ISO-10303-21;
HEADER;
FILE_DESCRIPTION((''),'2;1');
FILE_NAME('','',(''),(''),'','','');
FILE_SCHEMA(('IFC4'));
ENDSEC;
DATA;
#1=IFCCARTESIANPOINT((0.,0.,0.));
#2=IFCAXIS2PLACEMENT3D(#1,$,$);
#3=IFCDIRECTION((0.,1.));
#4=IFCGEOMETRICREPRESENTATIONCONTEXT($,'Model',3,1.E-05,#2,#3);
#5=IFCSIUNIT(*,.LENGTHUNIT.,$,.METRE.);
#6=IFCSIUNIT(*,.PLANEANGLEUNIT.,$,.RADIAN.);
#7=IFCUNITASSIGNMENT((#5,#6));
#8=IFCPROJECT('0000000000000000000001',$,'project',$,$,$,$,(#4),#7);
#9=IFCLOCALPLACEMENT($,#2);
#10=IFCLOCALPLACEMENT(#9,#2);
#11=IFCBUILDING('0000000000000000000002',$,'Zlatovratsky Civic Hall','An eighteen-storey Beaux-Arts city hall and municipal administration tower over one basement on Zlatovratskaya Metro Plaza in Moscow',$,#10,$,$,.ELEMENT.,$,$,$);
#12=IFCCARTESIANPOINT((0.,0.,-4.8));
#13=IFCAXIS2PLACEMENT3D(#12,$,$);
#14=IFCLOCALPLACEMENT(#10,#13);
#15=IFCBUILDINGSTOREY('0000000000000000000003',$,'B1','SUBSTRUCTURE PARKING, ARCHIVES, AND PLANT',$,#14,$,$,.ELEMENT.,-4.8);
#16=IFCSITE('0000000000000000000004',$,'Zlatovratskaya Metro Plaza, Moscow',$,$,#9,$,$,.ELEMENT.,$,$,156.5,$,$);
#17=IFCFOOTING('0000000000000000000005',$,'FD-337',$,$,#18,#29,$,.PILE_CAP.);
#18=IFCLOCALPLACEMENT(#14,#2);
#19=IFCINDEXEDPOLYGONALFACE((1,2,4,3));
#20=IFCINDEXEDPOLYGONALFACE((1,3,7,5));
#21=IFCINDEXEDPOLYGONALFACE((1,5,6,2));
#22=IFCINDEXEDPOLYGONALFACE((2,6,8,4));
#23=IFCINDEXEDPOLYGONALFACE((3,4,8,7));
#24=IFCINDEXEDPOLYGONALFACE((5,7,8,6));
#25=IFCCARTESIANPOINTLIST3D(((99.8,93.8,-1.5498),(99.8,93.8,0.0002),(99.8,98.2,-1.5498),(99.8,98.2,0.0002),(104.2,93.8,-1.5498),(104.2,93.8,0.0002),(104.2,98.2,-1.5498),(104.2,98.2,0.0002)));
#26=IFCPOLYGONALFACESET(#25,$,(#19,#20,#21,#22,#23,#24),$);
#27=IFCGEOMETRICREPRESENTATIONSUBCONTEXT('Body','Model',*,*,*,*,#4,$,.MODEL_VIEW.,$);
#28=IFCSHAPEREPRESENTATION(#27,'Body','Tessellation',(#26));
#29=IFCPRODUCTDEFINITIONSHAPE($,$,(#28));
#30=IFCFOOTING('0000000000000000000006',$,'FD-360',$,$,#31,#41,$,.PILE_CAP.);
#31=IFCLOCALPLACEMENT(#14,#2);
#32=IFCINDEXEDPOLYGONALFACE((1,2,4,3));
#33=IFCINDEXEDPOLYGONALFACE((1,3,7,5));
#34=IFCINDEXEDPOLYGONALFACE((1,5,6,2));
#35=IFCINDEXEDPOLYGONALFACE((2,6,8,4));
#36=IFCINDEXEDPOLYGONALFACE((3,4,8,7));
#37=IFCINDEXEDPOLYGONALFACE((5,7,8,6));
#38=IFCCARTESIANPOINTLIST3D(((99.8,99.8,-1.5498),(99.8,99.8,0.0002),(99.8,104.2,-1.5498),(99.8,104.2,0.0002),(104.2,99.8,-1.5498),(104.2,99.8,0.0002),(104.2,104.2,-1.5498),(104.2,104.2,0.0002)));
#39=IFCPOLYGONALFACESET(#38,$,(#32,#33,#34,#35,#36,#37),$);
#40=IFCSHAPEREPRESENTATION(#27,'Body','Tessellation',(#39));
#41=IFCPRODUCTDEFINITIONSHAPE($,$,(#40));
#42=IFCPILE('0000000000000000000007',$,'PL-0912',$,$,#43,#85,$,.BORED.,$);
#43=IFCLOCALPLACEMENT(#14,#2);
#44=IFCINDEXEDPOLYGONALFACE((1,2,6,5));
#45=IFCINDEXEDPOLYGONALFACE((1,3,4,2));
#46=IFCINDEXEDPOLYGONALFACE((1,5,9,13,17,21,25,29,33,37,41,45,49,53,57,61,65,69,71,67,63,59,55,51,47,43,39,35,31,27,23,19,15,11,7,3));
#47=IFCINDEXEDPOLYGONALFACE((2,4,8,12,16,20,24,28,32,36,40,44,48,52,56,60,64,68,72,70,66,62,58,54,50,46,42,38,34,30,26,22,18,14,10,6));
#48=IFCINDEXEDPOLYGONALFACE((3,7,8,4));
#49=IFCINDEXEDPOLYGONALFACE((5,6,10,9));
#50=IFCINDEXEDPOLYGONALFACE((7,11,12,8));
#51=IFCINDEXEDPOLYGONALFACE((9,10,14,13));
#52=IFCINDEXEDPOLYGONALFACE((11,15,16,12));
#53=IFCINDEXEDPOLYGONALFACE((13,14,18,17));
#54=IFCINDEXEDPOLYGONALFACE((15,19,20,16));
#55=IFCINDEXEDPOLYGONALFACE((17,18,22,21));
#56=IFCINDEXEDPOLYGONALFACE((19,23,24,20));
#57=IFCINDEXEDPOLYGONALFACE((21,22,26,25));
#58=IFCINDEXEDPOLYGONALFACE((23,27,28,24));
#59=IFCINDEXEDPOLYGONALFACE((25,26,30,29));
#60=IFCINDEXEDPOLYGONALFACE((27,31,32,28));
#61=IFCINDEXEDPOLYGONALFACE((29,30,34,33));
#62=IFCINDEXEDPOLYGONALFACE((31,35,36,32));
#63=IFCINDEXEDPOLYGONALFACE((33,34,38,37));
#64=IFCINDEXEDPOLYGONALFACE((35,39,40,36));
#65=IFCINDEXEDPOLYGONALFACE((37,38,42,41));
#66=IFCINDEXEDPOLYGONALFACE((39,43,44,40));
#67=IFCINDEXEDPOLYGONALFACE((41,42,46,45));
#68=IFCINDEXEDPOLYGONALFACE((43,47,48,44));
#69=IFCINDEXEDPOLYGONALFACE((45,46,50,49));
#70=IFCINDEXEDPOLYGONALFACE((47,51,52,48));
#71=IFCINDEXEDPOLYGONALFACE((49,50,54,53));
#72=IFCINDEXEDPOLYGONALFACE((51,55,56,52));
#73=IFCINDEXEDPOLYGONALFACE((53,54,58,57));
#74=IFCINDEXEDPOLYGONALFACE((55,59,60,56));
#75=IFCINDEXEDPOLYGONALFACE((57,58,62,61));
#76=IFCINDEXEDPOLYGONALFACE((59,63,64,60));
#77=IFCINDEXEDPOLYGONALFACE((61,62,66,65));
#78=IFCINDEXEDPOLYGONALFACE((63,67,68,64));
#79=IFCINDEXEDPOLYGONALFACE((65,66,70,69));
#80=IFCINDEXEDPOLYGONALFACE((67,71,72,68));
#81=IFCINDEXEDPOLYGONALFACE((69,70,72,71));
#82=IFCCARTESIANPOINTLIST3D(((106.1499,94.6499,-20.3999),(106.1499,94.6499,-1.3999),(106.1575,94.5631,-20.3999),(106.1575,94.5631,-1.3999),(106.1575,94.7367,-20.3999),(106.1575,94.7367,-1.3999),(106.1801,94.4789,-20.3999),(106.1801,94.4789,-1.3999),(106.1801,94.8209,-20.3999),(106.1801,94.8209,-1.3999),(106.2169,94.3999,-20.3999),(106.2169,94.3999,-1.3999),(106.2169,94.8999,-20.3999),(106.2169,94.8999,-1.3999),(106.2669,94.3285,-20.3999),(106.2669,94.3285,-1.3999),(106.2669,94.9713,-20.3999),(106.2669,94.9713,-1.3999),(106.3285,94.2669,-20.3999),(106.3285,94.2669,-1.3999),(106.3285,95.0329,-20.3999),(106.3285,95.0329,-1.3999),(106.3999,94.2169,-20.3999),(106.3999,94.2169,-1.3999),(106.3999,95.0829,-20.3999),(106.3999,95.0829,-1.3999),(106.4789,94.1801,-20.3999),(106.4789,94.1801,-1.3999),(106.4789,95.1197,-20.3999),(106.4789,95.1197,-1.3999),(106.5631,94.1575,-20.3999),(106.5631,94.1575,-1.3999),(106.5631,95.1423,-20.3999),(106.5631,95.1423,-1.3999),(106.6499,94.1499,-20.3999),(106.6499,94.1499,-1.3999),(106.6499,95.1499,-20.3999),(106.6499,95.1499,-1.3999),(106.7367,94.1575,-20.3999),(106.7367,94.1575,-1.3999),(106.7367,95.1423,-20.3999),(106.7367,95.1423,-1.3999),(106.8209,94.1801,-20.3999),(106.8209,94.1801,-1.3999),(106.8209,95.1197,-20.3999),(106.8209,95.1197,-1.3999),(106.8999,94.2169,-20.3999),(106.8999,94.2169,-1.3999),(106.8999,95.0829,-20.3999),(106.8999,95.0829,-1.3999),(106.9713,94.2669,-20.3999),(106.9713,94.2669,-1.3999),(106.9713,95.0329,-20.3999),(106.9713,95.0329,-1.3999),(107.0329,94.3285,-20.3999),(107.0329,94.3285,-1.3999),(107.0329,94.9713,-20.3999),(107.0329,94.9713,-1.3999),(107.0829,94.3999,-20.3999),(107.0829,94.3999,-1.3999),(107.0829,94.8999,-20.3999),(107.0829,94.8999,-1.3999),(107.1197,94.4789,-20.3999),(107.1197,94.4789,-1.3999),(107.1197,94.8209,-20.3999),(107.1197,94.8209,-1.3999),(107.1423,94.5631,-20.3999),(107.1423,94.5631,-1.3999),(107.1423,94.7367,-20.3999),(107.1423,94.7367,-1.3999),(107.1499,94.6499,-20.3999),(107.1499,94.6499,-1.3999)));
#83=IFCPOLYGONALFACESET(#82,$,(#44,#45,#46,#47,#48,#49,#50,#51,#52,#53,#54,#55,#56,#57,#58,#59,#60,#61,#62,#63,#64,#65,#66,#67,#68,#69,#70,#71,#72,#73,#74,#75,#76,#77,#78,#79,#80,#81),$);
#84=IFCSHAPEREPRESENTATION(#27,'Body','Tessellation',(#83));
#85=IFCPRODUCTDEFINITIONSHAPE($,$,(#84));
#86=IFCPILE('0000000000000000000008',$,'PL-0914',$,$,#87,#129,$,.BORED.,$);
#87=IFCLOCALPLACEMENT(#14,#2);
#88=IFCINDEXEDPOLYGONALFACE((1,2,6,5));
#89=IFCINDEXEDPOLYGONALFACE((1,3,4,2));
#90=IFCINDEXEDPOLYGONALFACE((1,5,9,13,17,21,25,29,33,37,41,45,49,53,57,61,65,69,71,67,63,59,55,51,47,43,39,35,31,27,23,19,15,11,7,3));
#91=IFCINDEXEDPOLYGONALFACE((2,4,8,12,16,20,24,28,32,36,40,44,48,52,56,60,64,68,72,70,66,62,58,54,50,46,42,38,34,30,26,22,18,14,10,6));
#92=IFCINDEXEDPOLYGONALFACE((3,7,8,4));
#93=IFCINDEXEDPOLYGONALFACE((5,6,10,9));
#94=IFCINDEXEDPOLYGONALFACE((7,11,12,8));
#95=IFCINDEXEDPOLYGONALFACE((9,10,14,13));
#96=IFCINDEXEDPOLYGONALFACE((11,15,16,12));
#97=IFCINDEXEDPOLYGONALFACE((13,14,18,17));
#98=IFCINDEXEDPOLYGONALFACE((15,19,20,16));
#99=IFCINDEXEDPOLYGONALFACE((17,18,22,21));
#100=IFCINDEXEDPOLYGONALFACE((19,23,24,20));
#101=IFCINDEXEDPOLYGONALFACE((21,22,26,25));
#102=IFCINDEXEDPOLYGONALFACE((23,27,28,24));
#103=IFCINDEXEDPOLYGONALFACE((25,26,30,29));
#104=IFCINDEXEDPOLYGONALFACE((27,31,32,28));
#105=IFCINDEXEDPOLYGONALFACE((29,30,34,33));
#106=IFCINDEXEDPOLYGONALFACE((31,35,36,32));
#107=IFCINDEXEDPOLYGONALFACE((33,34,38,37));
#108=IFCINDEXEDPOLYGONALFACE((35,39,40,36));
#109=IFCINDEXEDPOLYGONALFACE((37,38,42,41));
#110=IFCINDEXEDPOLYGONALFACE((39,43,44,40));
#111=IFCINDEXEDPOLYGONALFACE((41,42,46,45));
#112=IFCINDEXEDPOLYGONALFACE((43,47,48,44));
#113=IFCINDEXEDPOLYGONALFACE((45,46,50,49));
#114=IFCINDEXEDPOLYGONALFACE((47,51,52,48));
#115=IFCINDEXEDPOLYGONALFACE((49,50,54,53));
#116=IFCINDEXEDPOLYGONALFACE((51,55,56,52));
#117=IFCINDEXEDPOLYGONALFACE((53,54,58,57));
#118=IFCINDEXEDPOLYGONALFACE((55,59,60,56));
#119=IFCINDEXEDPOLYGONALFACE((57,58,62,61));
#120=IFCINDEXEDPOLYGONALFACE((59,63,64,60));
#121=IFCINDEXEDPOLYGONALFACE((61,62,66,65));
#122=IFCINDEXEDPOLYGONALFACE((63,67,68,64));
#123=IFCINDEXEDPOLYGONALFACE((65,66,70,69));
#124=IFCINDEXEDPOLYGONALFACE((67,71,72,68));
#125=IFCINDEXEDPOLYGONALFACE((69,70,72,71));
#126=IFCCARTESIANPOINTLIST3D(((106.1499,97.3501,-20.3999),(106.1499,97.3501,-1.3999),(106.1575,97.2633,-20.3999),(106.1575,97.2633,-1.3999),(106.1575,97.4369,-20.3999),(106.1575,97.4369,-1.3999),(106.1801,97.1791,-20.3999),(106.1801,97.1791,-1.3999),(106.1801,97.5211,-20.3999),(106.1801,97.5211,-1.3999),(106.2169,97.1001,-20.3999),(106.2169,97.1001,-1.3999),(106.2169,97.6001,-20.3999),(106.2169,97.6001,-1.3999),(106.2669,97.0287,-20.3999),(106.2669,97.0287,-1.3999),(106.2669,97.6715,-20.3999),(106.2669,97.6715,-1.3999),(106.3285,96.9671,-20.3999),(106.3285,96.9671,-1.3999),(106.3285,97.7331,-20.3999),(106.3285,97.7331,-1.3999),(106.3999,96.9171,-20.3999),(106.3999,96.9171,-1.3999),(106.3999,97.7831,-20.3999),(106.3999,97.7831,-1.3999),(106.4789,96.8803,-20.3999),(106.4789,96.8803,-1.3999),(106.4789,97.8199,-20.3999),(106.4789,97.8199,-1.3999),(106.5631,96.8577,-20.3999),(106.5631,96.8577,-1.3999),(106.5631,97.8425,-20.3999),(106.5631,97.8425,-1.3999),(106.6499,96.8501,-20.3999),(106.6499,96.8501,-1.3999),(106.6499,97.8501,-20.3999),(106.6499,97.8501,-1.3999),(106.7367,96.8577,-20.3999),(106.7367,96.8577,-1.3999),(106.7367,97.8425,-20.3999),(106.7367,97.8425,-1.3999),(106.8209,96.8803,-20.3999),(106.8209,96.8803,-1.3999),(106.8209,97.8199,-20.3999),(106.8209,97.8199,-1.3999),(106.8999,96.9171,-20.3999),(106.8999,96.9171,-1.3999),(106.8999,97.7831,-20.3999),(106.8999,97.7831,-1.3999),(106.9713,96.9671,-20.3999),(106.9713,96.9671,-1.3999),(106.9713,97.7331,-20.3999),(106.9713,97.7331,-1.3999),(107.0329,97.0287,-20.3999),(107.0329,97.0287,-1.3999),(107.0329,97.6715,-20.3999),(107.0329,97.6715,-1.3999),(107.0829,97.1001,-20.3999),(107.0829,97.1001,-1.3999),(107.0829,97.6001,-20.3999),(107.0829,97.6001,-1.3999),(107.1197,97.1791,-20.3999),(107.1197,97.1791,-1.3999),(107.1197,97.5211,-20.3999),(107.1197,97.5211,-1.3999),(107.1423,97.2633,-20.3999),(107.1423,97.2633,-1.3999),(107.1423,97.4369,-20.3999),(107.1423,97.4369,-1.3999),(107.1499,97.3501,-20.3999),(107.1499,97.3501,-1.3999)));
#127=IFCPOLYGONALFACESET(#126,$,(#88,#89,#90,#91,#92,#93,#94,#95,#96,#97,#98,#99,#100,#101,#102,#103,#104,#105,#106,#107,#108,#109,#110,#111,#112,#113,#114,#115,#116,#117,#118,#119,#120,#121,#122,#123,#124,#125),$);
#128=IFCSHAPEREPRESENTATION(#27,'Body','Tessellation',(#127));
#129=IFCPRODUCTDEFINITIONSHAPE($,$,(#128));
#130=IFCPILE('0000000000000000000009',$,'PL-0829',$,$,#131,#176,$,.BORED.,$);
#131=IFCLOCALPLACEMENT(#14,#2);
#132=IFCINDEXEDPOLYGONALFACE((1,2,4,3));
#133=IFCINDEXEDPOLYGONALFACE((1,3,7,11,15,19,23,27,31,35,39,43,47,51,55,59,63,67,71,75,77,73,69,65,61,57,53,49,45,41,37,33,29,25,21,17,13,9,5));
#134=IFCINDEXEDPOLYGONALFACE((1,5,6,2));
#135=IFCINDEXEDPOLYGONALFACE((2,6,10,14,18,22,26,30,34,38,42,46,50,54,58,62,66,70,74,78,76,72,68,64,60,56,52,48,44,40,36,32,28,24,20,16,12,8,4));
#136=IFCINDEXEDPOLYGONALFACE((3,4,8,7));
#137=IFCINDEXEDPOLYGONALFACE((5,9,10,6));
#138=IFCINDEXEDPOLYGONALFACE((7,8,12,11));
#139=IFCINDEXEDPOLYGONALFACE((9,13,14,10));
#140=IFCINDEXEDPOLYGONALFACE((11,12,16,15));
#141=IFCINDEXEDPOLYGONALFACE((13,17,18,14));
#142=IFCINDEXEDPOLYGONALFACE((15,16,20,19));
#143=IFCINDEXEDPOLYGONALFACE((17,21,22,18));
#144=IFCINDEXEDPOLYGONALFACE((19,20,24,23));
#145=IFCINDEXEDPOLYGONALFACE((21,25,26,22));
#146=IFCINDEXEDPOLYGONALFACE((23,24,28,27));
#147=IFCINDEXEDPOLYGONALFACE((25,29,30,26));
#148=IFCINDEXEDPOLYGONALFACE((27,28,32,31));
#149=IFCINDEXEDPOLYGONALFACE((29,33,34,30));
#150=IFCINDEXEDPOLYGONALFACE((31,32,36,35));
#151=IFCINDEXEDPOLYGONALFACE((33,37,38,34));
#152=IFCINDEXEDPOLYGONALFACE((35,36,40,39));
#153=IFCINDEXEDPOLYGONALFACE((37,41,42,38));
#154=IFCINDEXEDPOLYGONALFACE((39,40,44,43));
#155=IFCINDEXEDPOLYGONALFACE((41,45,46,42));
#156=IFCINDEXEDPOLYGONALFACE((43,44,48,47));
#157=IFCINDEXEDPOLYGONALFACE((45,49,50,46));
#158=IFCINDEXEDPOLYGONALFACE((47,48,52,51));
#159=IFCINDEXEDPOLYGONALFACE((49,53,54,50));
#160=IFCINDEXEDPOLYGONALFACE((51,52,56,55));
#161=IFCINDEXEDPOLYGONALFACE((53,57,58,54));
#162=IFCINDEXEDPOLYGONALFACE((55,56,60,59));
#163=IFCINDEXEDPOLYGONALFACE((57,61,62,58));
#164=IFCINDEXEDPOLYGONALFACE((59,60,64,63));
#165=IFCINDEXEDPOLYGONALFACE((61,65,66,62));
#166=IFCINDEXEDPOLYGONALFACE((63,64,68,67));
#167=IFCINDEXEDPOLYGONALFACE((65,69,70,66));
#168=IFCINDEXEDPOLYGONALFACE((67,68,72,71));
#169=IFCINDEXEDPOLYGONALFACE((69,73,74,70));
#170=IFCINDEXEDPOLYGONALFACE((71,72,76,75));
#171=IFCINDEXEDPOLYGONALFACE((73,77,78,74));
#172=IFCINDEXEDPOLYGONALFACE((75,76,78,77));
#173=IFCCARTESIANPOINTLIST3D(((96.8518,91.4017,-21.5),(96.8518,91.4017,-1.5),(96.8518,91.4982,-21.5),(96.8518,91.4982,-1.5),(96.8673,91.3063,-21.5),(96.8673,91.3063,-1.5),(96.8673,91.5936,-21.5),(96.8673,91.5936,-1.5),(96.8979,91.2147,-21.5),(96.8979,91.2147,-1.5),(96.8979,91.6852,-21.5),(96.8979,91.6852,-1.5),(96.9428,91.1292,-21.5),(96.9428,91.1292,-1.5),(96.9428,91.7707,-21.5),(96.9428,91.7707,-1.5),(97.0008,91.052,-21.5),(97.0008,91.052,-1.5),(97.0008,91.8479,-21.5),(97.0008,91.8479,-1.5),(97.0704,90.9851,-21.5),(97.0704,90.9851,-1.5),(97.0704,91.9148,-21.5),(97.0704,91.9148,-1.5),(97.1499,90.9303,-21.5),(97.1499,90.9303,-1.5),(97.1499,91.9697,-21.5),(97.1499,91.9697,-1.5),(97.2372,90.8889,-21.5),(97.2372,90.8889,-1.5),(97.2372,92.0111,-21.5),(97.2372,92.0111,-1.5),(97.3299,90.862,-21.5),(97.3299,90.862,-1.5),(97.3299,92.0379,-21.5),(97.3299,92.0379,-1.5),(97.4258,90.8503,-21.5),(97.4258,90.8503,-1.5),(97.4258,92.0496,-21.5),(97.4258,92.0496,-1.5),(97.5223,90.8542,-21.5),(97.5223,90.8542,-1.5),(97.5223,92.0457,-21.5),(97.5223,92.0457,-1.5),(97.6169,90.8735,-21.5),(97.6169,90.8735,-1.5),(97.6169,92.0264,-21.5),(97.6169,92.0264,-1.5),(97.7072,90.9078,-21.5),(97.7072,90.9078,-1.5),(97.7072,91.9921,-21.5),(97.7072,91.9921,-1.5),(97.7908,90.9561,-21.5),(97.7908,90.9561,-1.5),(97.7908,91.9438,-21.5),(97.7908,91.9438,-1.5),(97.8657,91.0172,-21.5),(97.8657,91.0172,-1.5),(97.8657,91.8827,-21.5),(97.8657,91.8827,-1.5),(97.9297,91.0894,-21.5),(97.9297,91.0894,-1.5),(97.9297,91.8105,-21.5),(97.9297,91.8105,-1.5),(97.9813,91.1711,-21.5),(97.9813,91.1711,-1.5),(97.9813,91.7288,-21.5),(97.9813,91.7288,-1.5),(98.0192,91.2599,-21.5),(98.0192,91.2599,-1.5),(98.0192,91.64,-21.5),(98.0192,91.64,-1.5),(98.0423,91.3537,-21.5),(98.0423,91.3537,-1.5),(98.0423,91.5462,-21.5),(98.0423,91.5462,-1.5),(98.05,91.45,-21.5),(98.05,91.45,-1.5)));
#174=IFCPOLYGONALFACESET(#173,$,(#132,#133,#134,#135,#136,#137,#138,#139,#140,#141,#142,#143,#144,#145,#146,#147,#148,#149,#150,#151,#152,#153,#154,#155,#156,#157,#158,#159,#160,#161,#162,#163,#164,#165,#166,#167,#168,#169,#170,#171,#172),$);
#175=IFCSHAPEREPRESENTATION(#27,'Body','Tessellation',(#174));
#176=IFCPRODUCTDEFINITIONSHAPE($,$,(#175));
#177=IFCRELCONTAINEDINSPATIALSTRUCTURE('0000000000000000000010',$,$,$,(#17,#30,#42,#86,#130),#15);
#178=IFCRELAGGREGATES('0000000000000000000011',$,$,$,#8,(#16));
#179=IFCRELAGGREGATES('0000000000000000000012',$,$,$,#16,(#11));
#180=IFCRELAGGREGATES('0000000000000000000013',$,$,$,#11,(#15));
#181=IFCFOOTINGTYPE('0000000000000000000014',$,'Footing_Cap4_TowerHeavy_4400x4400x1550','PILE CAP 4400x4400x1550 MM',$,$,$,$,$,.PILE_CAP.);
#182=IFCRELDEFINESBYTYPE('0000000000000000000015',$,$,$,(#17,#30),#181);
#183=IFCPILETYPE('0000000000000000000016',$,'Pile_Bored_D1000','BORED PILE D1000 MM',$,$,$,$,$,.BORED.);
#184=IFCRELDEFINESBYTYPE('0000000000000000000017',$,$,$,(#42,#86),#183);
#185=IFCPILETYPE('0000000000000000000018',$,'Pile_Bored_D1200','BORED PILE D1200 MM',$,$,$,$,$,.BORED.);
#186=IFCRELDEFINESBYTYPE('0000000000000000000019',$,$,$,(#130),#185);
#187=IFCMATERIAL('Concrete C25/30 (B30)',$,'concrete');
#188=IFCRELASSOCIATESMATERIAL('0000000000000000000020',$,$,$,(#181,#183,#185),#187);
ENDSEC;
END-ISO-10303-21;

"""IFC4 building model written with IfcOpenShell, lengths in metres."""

from ifc_helpers import new_model, si_unit, direction, frame, origin, origin_2d, place, context, subcontext, project, spatial, rectangle, circle, extrude, material, material_profile, profile_set, type_object, element, save


model = new_model("IFC4")

# Units and contexts
model_context = context("Model", 3, precision=1e-05, world=origin(), true_north=direction((0.0, 1.0)))
body_context = subcontext(model_context, "Body", "Model", "MODEL_VIEW")
ifc_project = project(units=[si_unit("LENGTHUNIT", "METRE"), si_unit("PLANEANGLEUNIT", "RADIAN")], contexts=[model_context])

# Site, building, storey
site_placement = place(None, origin())
site = spatial("IfcSite", under=ifc_project, at=site_placement, Name="Zlatovratskaya Metro Plaza, Moscow", CompositionType="ELEMENT", RefElevation=156.5)
building_placement = place(site_placement, origin())
building = spatial("IfcBuilding", under=site, at=building_placement, Name="Zlatovratsky Civic Hall", Description="An eighteen-storey Beaux-Arts city hall and municipal administration tower over one basement on Zlatovratskaya Metro Plaza in Moscow", CompositionType="ELEMENT")
storey_placement = place(building_placement, frame((0.0, 0.0, -4.8)))
storey = spatial("IfcBuildingStorey", under=building, at=storey_placement, Name="B1", Description="SUBSTRUCTURE PARKING, ARCHIVES, AND PLANT", CompositionType="ELEMENT", Elevation=-4.8)

# Footings
ifc_material_1 = material(Name="Concrete C25/30 (B30)", Category="concrete")
footing_type = type_object("IfcFootingType", Name="Footing_Cap4_TowerHeavy_4400x4400x1550", Description="PILE CAP 4400x4400x1550 MM", PredefinedType="PILE_CAP", material=ifc_material_1)
for number, where, z_axis, x_axis, name in (
    (1, (102.0, 96.0, -1.5498), (0.0, 0.0, 1.0), (1.0, 0.0, 0.0), "FD-337"),
    (2, (102.0, 102.0, -1.5498), (0.0, 0.0, 1.0), (1.0, 0.0, 0.0), "FD-360"),
):
    element("IfcFooting", number, at=place(storey_placement, frame(where, z_axis=z_axis, x_axis=x_axis)), inside=storey, type_object=footing_type, Name=name, PredefinedType="PILE_CAP", context=body_context, shape_type="SweptSolid", body=[
        extrude(rectangle(XDim=4.3999, YDim=4.3999, at=origin_2d()), origin(), (0.0, 0.0, 1.0), 1.55),
    ])

# Piles
ifc_material_profile_1 = material_profile(ifc_material_1, circle(Radius=0.5, at=origin_2d()), Name="PILE D1000")
ifc_profile_set_1 = profile_set([ifc_material_profile_1], Name="Concrete C25/30 (B30)")
pile_type_1 = type_object("IfcPileType", Name="Pile_Bored_D1000", Description="BORED PILE D1000 MM", PredefinedType="BORED", material=ifc_profile_set_1)
for number, where, z_axis, x_axis, name in (
    (3, (106.6499, 94.6499, -1.3999), (0.0, 0.0, -1.0), (1.0, 0.0, 0.0), "PL-0912"),
    (4, (106.6499, 97.3501, -1.3999), (0.0, 0.0, -1.0), (1.0, 0.0, 0.0), "PL-0914"),
):
    element("IfcPile", number, at=place(storey_placement, frame(where, z_axis=z_axis, x_axis=x_axis)), inside=storey, type_object=pile_type_1, Name=name, PredefinedType="BORED", context=body_context, shape_type="SweptSolid", body=[
        extrude(circle(Radius=0.5, at=origin_2d()), origin(), (0.0, 0.0, 1.0), 19.0),
    ])
ifc_material_profile_2 = material_profile(ifc_material_1, circle(Radius=0.6001, at=origin_2d()), Name="PILE D1200")
ifc_profile_set_2 = profile_set([ifc_material_profile_2], Name="Concrete C25/30 (B30)")
pile_type_2 = type_object("IfcPileType", Name="Pile_Bored_D1200", Description="BORED PILE D1200 MM", PredefinedType="BORED", material=ifc_profile_set_2)
for number, where, z_axis, x_axis, name in (
    (5, (97.45, 91.45, -1.5), (0.0, 0.0, -1.0), (1.0, 0.0, 0.0), "PL-0829"),
):
    element("IfcPile", number, at=place(storey_placement, frame(where, z_axis=z_axis, x_axis=x_axis)), inside=storey, type_object=pile_type_2, Name=name, PredefinedType="BORED", context=body_context, shape_type="SweptSolid", body=[
        extrude(circle(Radius=0.6001, at=origin_2d()), origin(), (0.0, 0.0, 1.0), 20.0),
    ])

save(model, "model.ifc")
